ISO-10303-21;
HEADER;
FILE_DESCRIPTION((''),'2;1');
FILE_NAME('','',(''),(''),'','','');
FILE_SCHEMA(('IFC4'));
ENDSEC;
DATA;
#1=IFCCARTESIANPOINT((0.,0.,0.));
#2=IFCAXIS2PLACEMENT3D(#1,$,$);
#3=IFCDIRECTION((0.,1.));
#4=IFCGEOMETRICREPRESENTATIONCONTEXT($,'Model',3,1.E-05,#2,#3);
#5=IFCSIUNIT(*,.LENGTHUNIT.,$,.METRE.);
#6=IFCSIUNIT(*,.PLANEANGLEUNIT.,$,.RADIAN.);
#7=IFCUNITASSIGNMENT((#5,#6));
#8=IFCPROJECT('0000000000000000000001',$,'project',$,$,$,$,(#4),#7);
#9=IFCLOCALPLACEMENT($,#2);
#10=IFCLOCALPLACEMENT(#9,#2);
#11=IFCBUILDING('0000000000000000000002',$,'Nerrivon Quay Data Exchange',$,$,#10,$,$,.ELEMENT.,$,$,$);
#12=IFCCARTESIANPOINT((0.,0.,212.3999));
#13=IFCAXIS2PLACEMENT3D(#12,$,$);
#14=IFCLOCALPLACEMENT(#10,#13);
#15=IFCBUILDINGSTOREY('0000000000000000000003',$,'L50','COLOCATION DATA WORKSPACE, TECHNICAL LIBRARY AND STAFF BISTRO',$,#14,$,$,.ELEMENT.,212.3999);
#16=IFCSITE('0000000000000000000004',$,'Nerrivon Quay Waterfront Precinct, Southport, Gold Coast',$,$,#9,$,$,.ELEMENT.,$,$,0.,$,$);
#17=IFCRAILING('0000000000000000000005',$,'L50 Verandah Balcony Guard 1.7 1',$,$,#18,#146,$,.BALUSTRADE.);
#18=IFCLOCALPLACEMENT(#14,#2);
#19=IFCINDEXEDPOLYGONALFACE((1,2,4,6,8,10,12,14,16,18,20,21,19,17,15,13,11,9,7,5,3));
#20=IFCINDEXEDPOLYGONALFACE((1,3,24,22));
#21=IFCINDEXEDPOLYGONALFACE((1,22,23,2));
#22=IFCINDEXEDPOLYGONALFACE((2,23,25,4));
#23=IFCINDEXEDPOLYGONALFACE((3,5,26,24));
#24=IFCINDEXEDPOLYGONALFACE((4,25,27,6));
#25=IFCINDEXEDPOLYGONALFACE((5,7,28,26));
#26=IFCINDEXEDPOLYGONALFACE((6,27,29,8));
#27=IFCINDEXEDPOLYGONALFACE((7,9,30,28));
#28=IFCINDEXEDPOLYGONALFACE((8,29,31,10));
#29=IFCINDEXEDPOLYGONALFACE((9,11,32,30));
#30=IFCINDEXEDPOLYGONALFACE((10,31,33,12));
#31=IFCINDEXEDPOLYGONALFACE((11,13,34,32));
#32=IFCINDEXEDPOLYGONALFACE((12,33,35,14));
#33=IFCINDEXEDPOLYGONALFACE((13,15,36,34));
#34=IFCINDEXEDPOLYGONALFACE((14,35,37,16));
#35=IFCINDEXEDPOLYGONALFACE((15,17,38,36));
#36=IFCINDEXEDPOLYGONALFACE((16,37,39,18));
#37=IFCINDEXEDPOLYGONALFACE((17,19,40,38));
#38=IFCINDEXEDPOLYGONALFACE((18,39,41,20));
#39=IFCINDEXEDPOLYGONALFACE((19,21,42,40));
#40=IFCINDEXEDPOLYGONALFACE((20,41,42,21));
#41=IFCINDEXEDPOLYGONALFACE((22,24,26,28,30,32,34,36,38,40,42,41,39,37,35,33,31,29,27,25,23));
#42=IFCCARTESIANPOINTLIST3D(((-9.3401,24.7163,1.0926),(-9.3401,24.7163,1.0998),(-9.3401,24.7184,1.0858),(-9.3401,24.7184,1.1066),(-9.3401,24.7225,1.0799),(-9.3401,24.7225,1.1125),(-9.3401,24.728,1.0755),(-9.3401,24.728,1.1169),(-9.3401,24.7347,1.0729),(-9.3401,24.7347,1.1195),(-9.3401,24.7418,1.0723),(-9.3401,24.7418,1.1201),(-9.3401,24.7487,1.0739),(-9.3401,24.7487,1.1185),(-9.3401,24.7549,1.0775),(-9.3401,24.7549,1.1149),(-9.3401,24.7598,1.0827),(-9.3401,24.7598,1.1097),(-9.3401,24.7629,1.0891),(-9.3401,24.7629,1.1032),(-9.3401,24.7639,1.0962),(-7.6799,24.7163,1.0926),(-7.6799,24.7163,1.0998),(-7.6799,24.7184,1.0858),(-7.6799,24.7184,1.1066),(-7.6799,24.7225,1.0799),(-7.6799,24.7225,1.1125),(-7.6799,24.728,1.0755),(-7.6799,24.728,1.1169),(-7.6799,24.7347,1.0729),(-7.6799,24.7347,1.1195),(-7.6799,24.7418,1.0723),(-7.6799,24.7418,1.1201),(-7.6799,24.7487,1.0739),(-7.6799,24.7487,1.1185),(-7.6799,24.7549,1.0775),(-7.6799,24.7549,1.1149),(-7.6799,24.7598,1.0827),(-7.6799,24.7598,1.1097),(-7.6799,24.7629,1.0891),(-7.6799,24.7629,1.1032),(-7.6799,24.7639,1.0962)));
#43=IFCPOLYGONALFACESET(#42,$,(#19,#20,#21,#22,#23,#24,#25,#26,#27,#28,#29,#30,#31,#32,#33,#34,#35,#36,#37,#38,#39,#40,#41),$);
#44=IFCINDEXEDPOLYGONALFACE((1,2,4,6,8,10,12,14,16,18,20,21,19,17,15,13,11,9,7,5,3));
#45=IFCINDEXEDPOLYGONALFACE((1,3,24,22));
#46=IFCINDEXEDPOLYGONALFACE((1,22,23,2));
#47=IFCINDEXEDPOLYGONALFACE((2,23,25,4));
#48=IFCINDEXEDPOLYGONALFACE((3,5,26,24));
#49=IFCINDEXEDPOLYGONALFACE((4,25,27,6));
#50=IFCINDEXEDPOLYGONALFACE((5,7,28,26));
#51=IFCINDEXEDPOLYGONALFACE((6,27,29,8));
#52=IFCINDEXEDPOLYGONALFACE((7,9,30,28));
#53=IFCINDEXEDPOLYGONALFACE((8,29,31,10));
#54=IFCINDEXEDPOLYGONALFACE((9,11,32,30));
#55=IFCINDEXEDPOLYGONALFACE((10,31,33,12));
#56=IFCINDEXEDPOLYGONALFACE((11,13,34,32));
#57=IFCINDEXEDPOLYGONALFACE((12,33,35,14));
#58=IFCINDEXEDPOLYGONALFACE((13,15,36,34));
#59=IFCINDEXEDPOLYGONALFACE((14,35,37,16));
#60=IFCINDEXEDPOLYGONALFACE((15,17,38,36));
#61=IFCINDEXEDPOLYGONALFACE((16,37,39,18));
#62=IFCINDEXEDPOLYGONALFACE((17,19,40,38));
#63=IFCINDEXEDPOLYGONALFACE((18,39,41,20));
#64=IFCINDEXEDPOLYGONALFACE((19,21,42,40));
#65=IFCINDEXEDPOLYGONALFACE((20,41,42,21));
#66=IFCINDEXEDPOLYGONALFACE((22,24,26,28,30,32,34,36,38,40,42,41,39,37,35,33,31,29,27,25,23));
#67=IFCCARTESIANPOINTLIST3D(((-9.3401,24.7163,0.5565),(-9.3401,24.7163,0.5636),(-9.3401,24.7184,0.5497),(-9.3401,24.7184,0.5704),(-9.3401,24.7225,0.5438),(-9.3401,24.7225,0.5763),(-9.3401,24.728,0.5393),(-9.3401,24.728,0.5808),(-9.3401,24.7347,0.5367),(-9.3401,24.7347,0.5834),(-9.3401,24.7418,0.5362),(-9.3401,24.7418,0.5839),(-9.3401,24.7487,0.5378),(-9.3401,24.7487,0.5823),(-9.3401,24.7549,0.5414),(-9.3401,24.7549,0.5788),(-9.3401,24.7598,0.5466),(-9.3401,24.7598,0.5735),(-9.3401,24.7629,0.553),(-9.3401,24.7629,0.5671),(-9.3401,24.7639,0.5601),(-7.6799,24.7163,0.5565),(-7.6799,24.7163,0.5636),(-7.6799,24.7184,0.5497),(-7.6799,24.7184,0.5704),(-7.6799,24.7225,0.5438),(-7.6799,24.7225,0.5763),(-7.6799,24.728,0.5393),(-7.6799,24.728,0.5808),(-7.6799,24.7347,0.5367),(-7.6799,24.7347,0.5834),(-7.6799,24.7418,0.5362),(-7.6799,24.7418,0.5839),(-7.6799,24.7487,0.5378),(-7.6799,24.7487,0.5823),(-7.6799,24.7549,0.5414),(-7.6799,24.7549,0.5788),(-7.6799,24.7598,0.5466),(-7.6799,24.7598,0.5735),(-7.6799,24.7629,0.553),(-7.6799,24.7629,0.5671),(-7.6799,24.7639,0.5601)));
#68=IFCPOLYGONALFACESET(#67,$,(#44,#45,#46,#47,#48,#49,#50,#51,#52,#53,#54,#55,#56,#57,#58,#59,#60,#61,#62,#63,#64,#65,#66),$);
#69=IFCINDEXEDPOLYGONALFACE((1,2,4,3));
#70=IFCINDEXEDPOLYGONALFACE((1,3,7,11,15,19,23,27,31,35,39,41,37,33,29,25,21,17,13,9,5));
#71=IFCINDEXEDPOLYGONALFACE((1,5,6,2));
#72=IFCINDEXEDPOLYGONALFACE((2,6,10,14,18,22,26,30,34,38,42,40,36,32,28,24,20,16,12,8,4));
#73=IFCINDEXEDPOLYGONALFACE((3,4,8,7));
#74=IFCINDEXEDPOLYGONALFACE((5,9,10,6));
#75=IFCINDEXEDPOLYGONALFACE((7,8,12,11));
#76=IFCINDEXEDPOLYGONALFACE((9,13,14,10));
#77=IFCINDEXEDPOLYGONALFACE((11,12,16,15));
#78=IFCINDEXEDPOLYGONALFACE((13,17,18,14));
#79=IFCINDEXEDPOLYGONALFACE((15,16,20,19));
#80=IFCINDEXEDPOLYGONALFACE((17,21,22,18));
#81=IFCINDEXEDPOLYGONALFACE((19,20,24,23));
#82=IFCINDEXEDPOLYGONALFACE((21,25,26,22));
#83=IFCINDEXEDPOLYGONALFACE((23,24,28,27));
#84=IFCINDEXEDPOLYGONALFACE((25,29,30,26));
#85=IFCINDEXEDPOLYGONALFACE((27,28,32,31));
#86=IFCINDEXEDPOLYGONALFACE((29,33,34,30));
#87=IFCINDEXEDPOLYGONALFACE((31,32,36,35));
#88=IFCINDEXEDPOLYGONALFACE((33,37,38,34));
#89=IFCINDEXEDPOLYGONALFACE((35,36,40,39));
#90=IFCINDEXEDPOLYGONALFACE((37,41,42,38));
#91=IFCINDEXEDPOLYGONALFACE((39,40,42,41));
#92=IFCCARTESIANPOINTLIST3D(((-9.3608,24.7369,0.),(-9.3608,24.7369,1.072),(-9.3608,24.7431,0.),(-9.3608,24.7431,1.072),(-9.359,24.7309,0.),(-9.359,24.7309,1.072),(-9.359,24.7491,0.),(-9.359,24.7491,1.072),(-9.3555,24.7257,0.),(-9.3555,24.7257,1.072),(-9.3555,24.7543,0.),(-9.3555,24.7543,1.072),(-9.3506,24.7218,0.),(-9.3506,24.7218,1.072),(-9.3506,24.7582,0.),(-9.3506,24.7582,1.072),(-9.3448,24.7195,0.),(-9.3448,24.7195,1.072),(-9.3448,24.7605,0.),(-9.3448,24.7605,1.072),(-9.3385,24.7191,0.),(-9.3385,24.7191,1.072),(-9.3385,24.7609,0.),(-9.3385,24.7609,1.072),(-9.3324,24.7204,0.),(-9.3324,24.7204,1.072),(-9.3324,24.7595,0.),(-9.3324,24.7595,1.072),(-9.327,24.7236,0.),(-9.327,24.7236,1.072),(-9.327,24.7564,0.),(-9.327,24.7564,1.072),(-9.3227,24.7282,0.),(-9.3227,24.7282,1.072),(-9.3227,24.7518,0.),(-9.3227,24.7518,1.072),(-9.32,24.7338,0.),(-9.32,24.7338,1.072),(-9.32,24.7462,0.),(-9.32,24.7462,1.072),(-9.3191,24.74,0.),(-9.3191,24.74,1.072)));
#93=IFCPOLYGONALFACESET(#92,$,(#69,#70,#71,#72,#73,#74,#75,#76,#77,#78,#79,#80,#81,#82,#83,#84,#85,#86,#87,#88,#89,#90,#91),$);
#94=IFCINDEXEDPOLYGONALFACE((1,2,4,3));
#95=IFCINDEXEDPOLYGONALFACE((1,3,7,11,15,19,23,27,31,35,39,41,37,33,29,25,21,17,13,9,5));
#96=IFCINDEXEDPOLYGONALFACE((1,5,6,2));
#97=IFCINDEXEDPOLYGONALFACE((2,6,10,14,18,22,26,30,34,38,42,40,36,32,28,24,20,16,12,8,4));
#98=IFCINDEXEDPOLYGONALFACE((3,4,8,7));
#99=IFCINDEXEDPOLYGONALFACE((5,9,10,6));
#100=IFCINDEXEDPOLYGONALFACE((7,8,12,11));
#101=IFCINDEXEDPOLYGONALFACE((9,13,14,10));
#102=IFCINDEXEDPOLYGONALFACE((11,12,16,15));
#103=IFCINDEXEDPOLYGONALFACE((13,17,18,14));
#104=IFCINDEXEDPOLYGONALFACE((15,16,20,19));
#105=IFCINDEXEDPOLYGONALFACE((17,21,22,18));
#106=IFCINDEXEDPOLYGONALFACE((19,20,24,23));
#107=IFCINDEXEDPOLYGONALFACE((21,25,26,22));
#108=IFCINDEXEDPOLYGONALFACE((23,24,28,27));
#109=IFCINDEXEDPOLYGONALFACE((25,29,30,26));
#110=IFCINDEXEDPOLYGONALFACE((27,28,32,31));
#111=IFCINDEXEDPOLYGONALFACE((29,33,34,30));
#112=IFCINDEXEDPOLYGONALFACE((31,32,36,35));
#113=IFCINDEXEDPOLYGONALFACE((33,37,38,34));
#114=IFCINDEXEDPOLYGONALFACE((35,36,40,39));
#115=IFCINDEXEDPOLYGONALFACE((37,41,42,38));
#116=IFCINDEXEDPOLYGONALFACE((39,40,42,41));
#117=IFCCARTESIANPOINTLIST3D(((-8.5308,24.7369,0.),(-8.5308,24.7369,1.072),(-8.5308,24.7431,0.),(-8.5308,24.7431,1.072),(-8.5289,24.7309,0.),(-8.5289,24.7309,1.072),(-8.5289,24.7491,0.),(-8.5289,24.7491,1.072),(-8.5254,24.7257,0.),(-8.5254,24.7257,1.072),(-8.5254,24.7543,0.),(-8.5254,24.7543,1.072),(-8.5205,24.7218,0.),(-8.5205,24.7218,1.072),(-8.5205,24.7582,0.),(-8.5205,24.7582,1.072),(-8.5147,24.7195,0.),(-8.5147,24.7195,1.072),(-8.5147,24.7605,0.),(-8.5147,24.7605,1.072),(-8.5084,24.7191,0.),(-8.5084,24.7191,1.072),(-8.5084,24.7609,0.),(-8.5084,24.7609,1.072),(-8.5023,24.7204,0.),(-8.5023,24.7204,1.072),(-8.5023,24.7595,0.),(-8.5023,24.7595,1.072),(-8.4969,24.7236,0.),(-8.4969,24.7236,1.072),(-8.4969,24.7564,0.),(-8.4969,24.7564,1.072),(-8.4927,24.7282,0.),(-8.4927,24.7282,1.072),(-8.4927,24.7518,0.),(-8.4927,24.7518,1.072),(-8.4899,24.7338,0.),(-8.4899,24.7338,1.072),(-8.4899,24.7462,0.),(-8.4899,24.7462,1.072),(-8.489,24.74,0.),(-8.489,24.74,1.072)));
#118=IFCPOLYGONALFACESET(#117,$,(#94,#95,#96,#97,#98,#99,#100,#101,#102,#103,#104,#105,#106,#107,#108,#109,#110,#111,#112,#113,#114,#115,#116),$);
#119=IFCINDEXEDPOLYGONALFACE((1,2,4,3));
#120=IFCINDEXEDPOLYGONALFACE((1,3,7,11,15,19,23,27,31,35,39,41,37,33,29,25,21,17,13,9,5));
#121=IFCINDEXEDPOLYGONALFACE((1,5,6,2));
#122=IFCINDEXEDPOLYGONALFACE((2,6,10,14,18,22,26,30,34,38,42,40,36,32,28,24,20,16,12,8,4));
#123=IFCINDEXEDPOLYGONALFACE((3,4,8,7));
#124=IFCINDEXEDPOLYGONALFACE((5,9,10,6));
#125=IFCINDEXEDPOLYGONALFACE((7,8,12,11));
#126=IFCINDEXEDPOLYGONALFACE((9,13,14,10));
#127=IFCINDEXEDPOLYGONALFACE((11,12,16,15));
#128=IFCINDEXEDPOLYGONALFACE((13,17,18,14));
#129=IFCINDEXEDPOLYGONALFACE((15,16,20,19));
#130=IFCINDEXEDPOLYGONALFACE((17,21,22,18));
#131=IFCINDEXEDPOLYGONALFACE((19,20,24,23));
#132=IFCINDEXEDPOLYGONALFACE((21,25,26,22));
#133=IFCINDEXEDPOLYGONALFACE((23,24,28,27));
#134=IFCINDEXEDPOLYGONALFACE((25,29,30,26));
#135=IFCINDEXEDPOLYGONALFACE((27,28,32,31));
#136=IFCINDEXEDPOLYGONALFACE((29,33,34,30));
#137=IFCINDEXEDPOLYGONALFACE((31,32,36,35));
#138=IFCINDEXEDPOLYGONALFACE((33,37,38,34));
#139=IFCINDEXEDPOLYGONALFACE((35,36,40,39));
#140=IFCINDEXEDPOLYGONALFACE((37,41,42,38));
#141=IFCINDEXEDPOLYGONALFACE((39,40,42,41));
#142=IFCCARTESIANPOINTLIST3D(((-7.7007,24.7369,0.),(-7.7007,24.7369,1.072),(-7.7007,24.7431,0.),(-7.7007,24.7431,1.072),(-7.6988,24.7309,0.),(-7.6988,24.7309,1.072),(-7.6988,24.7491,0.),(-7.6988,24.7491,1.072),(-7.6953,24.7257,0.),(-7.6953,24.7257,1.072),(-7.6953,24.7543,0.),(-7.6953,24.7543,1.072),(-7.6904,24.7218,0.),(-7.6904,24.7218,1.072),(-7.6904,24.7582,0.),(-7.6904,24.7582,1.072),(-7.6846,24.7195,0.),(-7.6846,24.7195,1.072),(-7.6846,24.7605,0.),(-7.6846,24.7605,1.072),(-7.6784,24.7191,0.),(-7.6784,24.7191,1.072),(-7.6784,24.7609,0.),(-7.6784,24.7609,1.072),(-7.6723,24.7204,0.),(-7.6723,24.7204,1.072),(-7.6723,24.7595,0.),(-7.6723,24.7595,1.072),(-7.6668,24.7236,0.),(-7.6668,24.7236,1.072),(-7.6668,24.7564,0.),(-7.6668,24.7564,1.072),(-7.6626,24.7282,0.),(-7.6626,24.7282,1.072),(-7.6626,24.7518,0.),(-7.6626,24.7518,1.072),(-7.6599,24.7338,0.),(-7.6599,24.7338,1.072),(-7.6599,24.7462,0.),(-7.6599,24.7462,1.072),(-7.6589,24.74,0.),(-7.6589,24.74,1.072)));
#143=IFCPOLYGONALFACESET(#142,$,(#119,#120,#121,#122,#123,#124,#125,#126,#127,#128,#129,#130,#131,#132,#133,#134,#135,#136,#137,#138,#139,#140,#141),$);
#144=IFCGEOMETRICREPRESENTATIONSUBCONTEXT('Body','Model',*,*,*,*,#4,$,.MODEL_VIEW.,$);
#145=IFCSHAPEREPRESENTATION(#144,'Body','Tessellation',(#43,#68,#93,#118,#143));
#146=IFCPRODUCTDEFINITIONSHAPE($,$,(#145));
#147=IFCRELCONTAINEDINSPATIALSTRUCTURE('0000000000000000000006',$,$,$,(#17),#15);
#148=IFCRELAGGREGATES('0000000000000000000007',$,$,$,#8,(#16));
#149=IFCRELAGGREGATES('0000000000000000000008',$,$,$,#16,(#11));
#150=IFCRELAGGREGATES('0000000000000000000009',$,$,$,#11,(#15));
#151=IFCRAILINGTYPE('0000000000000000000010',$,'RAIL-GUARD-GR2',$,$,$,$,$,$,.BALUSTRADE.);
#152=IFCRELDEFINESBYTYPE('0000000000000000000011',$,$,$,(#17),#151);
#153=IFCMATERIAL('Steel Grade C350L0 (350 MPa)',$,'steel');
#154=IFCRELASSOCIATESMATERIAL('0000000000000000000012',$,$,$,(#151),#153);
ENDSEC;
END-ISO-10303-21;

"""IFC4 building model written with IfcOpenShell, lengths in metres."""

from ifc_helpers import new_model, si_unit, direction, frame, origin, origin_2d, place, context, subcontext, project, spatial, circle, extrude, material, type_object, element, save


model = new_model("IFC4")

# Units and contexts
model_context = context("Model", 3, precision=1e-05, world=origin(), true_north=direction((0.0, 1.0)))
body_context = subcontext(model_context, "Body", "Model", "MODEL_VIEW")
ifc_project = project(units=[si_unit("LENGTHUNIT", "METRE"), si_unit("PLANEANGLEUNIT", "RADIAN")], contexts=[model_context])

# Site, building, storey
site_placement = place(None, origin())
site = spatial("IfcSite", under=ifc_project, at=site_placement, Name="Nerrivon Quay Waterfront Precinct, Southport, Gold Coast", CompositionType="ELEMENT", RefElevation=0.0)
building_placement = place(site_placement, origin())
building = spatial("IfcBuilding", under=site, at=building_placement, Name="Nerrivon Quay Data Exchange", CompositionType="ELEMENT")
storey_placement = place(building_placement, frame((0.0, 0.0, 212.3999)))
storey = spatial("IfcBuildingStorey", under=building, at=storey_placement, Name="L50", Description="COLOCATION DATA WORKSPACE, TECHNICAL LIBRARY AND STAFF BISTRO", CompositionType="ELEMENT", Elevation=212.3999)

# Railing
ifc_material_1 = material(Name="Steel Grade C350L0 (350 MPa)", Category="steel")
railing_type = type_object("IfcRailingType", Name="RAIL-GUARD-GR2", PredefinedType="BALUSTRADE", material=ifc_material_1)
railing_1_placement = place(storey_placement, frame((-9.3401, 24.74, 0.0)))
element("IfcRailing", 1, at=railing_1_placement, inside=storey, type_object=railing_type, Name="L50 Verandah Balcony Guard 1.7 1", PredefinedType="BALUSTRADE", context=body_context, shape_type="SweptSolid", body=[
    extrude(circle(Radius=0.0239, at=origin_2d()), frame((0.0, 0.0, 1.0962), z_axis=(1.0, 0.0, 0.0), x_axis=(0.0, 1.0, 0.0)), (0.0, 0.0, 1.0), 1.6602),
    extrude(circle(Radius=0.0239, at=origin_2d()), frame((0.0, 0.0, 0.5601), z_axis=(1.0, 0.0, 0.0), x_axis=(0.0, 1.0, 0.0)), (0.0, 0.0, 1.0), 1.6602),
    extrude(circle(Radius=0.021, at=origin_2d()), origin(), (0.0, 0.0, 1.0), 1.072),
    extrude(circle(Radius=0.021, at=origin_2d()), frame((0.8301, 0.0, 0.0)), (0.0, 0.0, 1.0), 1.072),
    extrude(circle(Radius=0.021, at=origin_2d()), frame((1.6602, 0.0, 0.0)), (0.0, 0.0, 1.0), 1.072),
])

save(model, "model.ifc")
